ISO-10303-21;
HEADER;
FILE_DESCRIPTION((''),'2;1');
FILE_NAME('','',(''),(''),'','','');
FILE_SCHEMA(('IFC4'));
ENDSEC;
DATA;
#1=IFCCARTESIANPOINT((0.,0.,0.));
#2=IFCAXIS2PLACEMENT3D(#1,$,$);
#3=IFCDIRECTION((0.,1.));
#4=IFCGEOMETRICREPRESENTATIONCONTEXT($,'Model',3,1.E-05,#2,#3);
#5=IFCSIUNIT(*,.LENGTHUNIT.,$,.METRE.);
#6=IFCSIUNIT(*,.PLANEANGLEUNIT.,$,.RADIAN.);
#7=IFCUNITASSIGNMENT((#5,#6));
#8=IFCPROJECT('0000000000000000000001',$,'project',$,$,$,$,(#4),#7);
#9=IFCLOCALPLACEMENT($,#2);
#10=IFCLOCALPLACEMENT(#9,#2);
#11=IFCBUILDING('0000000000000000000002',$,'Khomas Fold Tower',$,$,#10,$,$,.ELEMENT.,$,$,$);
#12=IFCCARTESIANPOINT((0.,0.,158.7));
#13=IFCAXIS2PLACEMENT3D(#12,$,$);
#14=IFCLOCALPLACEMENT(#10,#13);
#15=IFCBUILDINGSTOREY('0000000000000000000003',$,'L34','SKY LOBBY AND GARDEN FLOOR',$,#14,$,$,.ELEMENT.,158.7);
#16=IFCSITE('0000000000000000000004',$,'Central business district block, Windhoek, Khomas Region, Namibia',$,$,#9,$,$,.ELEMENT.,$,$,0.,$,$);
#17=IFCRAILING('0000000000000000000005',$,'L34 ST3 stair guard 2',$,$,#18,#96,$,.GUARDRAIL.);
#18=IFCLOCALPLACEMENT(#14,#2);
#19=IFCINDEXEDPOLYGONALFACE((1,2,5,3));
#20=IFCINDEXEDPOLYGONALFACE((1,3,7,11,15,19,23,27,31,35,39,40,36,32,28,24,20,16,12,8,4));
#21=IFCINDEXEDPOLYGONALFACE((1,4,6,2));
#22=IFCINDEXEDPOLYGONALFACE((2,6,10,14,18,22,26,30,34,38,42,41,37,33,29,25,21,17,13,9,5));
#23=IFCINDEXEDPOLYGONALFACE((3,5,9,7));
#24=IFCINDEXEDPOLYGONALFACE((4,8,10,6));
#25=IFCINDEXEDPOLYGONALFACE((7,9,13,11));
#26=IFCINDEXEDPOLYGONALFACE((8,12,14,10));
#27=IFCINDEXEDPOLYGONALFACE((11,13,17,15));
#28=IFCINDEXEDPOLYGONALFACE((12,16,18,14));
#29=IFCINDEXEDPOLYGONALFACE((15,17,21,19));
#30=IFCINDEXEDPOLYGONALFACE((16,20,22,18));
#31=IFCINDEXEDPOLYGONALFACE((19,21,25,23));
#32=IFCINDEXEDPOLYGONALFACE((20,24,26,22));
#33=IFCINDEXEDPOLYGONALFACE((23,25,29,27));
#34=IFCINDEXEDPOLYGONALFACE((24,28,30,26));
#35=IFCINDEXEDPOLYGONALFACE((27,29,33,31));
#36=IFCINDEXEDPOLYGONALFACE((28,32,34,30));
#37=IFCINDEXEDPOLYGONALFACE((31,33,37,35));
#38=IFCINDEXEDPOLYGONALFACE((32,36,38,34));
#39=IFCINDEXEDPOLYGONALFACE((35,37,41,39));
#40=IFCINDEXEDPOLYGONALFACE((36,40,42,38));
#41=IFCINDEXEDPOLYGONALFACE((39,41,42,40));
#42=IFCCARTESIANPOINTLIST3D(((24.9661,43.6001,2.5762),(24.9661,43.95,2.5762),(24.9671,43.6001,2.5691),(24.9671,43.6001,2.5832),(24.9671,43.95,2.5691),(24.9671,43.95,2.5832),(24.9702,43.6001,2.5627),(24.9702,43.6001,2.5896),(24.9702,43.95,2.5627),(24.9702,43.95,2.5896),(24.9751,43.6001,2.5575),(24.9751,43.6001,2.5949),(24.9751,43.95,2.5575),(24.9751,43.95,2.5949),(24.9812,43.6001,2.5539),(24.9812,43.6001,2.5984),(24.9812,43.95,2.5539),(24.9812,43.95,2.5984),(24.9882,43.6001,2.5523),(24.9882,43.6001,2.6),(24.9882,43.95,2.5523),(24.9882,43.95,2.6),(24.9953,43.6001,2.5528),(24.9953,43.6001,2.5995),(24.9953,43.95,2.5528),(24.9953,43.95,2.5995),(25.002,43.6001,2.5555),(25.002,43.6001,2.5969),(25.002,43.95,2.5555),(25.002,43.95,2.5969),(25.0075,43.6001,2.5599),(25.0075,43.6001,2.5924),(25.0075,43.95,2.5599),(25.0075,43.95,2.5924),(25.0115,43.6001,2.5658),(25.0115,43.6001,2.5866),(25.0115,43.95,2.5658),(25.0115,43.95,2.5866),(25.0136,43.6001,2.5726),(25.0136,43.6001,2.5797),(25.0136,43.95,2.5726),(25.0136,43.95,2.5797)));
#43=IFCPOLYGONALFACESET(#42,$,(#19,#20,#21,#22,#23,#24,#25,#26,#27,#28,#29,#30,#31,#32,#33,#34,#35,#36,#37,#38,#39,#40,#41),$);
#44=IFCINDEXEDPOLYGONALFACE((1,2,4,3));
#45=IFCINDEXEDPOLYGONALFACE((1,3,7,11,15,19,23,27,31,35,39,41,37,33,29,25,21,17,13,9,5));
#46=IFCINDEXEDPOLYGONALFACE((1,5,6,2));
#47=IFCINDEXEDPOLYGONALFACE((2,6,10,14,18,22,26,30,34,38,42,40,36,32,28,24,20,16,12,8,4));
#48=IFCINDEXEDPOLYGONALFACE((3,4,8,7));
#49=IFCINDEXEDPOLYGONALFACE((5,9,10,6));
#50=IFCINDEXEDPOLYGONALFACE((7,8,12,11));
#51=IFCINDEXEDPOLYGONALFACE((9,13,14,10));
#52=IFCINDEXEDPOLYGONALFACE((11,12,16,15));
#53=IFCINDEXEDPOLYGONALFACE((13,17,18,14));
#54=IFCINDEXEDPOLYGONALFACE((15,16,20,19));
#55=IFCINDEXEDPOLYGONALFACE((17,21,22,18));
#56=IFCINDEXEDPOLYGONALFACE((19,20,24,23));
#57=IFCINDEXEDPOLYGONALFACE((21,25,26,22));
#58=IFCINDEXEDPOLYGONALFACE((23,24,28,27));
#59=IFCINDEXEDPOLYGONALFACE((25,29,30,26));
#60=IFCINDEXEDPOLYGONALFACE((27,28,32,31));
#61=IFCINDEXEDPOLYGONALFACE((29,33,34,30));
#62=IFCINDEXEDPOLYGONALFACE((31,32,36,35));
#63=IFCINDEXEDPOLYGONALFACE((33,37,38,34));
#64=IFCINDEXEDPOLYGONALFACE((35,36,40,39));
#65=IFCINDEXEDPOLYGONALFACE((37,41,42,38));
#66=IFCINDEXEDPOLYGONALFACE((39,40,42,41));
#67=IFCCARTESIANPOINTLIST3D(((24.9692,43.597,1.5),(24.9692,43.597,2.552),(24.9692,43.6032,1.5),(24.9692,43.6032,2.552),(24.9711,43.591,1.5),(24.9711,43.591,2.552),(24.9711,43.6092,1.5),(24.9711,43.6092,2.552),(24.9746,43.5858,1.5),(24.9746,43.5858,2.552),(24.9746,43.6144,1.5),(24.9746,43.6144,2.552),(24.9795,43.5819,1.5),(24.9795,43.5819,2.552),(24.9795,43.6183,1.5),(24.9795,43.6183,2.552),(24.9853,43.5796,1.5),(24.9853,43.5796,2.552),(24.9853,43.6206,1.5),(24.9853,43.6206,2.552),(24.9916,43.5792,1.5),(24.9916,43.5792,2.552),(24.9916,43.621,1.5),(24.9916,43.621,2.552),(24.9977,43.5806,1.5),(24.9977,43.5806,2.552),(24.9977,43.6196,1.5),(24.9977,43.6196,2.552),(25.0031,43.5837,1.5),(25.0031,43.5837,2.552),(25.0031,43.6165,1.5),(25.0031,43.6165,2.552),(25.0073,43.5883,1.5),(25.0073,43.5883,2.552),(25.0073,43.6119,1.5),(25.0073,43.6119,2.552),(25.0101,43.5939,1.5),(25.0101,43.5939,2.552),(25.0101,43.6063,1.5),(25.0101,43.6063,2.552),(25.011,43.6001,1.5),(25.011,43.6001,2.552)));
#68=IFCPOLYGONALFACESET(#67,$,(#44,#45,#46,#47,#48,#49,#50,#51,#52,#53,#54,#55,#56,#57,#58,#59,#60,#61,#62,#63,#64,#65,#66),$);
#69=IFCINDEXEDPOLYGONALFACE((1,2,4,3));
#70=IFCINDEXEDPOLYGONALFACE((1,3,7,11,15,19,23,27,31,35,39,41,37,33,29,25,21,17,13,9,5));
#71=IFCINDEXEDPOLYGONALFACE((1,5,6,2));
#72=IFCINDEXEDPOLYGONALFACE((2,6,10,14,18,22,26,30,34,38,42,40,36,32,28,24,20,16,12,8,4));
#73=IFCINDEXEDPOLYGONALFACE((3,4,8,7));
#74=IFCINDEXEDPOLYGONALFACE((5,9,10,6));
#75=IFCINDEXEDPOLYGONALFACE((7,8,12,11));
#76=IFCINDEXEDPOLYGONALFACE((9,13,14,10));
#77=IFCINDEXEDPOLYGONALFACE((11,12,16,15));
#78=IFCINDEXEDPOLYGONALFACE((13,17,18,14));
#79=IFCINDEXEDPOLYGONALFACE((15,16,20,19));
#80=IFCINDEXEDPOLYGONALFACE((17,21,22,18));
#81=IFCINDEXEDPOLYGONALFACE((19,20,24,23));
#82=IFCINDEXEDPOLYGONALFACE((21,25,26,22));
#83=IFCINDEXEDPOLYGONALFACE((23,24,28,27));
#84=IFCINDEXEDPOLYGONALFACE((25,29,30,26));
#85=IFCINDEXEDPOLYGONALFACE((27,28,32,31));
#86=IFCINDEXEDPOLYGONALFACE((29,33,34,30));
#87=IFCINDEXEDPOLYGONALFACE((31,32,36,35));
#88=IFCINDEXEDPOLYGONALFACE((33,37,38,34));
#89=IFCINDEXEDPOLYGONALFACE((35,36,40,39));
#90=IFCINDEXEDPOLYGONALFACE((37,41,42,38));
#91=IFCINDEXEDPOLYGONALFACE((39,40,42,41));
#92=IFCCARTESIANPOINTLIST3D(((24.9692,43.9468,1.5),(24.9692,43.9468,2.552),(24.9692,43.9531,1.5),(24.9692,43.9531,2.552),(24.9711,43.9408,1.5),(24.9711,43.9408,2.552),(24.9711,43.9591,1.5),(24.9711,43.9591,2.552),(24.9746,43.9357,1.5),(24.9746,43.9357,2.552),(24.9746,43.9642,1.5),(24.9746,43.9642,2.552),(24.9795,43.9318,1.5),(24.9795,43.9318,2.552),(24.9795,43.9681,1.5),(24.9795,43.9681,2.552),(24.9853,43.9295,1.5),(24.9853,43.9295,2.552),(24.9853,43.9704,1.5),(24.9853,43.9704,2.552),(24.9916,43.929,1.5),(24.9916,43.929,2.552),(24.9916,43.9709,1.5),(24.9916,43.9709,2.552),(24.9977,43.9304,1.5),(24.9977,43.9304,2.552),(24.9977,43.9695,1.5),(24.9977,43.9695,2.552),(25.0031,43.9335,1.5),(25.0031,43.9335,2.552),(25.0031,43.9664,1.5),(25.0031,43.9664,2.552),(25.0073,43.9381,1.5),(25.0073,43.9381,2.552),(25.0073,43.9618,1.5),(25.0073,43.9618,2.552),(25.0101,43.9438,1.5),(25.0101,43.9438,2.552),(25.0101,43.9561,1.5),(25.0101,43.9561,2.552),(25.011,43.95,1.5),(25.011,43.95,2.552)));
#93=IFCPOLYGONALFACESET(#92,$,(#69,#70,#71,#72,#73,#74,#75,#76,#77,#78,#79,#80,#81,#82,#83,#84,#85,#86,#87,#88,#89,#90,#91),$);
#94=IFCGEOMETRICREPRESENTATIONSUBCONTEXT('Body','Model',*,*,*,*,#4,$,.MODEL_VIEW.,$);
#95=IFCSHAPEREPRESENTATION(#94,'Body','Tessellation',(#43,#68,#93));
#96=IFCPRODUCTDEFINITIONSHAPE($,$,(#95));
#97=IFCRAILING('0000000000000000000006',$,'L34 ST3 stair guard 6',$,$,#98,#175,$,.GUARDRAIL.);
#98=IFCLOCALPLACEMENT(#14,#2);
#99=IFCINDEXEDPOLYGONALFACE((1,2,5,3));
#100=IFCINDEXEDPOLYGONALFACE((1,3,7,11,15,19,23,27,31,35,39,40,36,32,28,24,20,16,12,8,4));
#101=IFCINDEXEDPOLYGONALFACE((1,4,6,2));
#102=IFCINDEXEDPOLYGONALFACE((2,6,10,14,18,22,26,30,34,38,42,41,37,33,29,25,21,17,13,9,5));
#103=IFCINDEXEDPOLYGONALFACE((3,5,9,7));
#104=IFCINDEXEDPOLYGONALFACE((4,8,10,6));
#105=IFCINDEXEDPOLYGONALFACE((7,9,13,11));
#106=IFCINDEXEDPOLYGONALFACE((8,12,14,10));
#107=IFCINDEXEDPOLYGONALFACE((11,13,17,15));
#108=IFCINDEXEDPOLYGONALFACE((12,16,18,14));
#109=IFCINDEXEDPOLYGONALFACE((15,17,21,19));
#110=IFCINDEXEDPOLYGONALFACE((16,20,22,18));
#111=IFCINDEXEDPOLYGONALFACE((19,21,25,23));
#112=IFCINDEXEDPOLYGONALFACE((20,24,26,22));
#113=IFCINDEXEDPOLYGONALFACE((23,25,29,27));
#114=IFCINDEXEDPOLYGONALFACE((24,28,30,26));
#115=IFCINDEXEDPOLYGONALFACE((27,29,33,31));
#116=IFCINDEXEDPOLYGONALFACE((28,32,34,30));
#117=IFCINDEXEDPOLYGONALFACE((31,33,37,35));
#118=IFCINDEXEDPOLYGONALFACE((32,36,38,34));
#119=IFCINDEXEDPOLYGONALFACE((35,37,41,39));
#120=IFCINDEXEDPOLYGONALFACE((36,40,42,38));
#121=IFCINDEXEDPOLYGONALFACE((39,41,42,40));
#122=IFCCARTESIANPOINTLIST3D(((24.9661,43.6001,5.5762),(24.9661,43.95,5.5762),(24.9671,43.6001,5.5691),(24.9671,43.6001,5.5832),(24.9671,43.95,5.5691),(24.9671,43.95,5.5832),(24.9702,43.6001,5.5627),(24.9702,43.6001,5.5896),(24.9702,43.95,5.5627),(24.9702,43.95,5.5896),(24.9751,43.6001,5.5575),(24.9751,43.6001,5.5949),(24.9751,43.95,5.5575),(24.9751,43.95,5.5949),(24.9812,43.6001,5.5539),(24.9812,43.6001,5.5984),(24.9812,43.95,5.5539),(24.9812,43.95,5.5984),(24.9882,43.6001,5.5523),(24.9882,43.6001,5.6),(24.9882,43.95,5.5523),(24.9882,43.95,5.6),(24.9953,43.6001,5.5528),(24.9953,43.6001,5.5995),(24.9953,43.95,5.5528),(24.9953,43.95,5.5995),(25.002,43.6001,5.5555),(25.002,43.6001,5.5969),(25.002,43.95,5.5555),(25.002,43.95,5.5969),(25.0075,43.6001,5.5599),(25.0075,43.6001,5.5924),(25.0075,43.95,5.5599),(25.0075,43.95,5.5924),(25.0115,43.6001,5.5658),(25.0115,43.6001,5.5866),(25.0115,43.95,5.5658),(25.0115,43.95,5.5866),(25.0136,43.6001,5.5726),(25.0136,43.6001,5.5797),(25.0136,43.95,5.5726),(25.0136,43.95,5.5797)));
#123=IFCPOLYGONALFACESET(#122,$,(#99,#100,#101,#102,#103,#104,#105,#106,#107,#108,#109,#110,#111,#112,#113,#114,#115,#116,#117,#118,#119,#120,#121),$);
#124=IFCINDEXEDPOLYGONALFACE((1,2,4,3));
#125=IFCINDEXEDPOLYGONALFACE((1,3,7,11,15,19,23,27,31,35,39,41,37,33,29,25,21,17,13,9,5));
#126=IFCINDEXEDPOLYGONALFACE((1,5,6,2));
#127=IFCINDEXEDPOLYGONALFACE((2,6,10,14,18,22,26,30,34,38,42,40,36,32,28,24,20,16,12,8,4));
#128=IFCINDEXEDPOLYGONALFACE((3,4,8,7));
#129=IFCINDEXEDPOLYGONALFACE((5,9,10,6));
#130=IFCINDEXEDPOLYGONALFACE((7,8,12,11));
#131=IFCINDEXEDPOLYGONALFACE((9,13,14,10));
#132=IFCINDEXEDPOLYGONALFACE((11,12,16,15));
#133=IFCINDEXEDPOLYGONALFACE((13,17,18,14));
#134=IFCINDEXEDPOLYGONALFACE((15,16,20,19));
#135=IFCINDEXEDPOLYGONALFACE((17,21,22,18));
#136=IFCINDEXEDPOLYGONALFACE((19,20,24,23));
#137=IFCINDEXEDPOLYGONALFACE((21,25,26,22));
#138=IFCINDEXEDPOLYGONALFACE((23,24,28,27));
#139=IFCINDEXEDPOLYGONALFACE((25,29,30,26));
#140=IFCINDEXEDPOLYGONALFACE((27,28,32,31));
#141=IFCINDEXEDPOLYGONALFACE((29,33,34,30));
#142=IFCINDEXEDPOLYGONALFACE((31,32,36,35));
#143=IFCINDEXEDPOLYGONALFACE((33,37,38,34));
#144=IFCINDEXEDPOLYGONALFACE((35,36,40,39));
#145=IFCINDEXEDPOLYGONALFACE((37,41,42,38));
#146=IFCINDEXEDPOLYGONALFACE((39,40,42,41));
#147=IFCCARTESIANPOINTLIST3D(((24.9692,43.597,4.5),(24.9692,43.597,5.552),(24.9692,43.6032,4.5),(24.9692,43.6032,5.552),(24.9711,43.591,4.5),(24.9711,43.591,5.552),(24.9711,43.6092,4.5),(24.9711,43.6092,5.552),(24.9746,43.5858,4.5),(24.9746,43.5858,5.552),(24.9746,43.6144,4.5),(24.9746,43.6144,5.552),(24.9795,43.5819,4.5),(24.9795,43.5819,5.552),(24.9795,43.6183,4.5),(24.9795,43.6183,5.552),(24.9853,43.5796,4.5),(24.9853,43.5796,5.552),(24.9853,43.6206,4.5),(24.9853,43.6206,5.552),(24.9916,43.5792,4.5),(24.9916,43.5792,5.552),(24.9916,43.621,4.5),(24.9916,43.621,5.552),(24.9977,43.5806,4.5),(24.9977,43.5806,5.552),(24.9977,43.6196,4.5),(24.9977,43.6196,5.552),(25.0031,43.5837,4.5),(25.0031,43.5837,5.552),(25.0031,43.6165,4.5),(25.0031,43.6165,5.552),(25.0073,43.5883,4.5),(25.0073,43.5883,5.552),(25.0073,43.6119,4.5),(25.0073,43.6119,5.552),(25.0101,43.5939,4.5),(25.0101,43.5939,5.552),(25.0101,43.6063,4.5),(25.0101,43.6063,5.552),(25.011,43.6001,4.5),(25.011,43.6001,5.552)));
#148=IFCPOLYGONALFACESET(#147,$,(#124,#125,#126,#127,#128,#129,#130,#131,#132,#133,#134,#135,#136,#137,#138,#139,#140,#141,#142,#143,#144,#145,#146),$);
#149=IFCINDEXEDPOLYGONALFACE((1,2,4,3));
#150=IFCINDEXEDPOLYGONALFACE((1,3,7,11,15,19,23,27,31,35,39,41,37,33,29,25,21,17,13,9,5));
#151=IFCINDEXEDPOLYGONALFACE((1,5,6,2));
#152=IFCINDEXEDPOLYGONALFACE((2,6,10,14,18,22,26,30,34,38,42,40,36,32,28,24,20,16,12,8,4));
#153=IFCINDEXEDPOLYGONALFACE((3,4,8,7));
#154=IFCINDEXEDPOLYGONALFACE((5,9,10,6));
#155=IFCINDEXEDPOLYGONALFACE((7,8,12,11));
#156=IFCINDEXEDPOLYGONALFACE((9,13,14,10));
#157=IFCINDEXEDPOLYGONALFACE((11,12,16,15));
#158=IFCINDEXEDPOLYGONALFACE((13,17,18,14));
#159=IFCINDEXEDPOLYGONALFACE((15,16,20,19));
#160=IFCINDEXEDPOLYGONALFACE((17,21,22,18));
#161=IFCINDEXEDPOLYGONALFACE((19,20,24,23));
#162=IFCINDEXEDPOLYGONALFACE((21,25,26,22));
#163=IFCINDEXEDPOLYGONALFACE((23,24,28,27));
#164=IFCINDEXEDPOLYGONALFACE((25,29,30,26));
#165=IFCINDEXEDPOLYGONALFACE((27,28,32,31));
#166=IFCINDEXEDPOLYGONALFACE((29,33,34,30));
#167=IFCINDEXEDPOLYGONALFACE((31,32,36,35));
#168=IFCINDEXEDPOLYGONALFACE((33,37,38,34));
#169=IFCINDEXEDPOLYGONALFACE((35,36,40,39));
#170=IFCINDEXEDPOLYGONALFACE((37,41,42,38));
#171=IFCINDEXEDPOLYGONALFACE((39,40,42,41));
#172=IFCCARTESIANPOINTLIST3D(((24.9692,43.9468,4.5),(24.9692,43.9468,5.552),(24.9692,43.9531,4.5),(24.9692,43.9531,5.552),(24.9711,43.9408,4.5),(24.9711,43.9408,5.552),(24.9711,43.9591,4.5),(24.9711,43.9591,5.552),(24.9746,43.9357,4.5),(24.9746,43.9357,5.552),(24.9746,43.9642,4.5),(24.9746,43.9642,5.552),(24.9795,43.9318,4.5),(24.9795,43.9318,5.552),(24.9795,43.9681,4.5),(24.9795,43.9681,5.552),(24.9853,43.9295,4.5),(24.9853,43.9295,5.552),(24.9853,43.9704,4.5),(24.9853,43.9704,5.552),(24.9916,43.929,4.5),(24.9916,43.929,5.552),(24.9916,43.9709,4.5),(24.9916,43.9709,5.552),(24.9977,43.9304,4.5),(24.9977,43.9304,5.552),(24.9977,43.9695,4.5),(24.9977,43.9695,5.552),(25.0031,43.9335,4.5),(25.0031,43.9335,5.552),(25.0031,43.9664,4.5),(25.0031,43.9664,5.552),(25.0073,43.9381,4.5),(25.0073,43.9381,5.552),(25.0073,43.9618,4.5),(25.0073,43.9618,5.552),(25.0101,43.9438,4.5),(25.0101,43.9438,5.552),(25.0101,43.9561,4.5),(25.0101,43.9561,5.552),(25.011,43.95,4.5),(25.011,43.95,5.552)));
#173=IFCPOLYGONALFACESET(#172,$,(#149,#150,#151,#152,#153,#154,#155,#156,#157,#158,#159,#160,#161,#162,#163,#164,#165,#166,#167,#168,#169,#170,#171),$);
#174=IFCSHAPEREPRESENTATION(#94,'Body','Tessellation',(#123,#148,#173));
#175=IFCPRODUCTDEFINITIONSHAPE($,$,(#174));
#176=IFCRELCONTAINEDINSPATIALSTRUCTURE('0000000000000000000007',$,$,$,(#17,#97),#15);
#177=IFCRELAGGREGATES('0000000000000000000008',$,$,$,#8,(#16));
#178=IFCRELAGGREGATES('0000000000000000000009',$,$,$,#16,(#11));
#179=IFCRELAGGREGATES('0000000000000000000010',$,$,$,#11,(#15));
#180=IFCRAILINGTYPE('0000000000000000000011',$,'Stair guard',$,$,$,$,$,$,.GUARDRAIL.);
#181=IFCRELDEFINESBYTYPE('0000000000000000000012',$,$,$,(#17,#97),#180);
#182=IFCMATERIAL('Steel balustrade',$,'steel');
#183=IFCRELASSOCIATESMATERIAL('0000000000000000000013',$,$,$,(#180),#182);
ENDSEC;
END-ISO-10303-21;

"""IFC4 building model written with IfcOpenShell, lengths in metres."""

from ifc_helpers import new_model, si_unit, direction, frame, origin, origin_2d, place, context, subcontext, project, spatial, circle, extrude, source, transform, mapped, material, type_object, element, save


model = new_model("IFC4")

# Units and contexts
model_context = context("Model", 3, precision=1e-05, world=origin(), true_north=direction((0.0, 1.0)))
body_context = subcontext(model_context, "Body", "Model", "MODEL_VIEW")
ifc_project = project(units=[si_unit("LENGTHUNIT", "METRE"), si_unit("PLANEANGLEUNIT", "RADIAN")], contexts=[model_context])

# Site, building, storey
site_placement = place(None, origin())
site = spatial("IfcSite", under=ifc_project, at=site_placement, Name="Central business district block, Windhoek, Khomas Region, Namibia", CompositionType="ELEMENT", RefElevation=0.0)
building_placement = place(site_placement, origin())
building = spatial("IfcBuilding", under=site, at=building_placement, Name="Khomas Fold Tower", CompositionType="ELEMENT")
storey_placement = place(building_placement, frame((0.0, 0.0, 158.7)))
storey = spatial("IfcBuildingStorey", under=building, at=storey_placement, Name="L34", Description="SKY LOBBY AND GARDEN FLOOR", CompositionType="ELEMENT", Elevation=158.7)

# Railings
ifc_material_1 = material(Name="Steel balustrade", Category="steel")
railing_type_1 = type_object("IfcRailingType", Name="Stair guard", PredefinedType="GUARDRAIL", material=ifc_material_1)
shared_shape_1 = source(origin(), body_context, "Body", "SweptSolid", [
    extrude(circle(Radius=0.0239, at=origin_2d()), frame((0.0, 0.0, 1.0762), z_axis=(0.0, 1.0, 0.0), x_axis=(-1.0, 0.0, 0.0)), (0.0, 0.0, 1.0), 0.3499),
    extrude(circle(Radius=0.021, at=origin_2d()), origin(), (0.0, 0.0, 1.0), 1.052),
    extrude(circle(Radius=0.021, at=origin_2d()), frame((0.0, 0.3499, 0.0)), (0.0, 0.0, 1.0), 1.052),
])
for number, where, name in (
    (1, (24.99, 43.6001, 1.5), "L34 ST3 stair guard 2"),
    (2, (24.99, 43.6001, 4.5), "L34 ST3 stair guard 6"),
):
    element("IfcRailing", number, at=place(storey_placement, frame(where)), inside=storey, type_object=railing_type_1, Name=name, PredefinedType="GUARDRAIL", context=body_context, shape_type="MappedRepresentation", body=[
        mapped(shared_shape_1, transform((0.0, 0.0, 0.0))),
    ])

save(model, "model.ifc")
